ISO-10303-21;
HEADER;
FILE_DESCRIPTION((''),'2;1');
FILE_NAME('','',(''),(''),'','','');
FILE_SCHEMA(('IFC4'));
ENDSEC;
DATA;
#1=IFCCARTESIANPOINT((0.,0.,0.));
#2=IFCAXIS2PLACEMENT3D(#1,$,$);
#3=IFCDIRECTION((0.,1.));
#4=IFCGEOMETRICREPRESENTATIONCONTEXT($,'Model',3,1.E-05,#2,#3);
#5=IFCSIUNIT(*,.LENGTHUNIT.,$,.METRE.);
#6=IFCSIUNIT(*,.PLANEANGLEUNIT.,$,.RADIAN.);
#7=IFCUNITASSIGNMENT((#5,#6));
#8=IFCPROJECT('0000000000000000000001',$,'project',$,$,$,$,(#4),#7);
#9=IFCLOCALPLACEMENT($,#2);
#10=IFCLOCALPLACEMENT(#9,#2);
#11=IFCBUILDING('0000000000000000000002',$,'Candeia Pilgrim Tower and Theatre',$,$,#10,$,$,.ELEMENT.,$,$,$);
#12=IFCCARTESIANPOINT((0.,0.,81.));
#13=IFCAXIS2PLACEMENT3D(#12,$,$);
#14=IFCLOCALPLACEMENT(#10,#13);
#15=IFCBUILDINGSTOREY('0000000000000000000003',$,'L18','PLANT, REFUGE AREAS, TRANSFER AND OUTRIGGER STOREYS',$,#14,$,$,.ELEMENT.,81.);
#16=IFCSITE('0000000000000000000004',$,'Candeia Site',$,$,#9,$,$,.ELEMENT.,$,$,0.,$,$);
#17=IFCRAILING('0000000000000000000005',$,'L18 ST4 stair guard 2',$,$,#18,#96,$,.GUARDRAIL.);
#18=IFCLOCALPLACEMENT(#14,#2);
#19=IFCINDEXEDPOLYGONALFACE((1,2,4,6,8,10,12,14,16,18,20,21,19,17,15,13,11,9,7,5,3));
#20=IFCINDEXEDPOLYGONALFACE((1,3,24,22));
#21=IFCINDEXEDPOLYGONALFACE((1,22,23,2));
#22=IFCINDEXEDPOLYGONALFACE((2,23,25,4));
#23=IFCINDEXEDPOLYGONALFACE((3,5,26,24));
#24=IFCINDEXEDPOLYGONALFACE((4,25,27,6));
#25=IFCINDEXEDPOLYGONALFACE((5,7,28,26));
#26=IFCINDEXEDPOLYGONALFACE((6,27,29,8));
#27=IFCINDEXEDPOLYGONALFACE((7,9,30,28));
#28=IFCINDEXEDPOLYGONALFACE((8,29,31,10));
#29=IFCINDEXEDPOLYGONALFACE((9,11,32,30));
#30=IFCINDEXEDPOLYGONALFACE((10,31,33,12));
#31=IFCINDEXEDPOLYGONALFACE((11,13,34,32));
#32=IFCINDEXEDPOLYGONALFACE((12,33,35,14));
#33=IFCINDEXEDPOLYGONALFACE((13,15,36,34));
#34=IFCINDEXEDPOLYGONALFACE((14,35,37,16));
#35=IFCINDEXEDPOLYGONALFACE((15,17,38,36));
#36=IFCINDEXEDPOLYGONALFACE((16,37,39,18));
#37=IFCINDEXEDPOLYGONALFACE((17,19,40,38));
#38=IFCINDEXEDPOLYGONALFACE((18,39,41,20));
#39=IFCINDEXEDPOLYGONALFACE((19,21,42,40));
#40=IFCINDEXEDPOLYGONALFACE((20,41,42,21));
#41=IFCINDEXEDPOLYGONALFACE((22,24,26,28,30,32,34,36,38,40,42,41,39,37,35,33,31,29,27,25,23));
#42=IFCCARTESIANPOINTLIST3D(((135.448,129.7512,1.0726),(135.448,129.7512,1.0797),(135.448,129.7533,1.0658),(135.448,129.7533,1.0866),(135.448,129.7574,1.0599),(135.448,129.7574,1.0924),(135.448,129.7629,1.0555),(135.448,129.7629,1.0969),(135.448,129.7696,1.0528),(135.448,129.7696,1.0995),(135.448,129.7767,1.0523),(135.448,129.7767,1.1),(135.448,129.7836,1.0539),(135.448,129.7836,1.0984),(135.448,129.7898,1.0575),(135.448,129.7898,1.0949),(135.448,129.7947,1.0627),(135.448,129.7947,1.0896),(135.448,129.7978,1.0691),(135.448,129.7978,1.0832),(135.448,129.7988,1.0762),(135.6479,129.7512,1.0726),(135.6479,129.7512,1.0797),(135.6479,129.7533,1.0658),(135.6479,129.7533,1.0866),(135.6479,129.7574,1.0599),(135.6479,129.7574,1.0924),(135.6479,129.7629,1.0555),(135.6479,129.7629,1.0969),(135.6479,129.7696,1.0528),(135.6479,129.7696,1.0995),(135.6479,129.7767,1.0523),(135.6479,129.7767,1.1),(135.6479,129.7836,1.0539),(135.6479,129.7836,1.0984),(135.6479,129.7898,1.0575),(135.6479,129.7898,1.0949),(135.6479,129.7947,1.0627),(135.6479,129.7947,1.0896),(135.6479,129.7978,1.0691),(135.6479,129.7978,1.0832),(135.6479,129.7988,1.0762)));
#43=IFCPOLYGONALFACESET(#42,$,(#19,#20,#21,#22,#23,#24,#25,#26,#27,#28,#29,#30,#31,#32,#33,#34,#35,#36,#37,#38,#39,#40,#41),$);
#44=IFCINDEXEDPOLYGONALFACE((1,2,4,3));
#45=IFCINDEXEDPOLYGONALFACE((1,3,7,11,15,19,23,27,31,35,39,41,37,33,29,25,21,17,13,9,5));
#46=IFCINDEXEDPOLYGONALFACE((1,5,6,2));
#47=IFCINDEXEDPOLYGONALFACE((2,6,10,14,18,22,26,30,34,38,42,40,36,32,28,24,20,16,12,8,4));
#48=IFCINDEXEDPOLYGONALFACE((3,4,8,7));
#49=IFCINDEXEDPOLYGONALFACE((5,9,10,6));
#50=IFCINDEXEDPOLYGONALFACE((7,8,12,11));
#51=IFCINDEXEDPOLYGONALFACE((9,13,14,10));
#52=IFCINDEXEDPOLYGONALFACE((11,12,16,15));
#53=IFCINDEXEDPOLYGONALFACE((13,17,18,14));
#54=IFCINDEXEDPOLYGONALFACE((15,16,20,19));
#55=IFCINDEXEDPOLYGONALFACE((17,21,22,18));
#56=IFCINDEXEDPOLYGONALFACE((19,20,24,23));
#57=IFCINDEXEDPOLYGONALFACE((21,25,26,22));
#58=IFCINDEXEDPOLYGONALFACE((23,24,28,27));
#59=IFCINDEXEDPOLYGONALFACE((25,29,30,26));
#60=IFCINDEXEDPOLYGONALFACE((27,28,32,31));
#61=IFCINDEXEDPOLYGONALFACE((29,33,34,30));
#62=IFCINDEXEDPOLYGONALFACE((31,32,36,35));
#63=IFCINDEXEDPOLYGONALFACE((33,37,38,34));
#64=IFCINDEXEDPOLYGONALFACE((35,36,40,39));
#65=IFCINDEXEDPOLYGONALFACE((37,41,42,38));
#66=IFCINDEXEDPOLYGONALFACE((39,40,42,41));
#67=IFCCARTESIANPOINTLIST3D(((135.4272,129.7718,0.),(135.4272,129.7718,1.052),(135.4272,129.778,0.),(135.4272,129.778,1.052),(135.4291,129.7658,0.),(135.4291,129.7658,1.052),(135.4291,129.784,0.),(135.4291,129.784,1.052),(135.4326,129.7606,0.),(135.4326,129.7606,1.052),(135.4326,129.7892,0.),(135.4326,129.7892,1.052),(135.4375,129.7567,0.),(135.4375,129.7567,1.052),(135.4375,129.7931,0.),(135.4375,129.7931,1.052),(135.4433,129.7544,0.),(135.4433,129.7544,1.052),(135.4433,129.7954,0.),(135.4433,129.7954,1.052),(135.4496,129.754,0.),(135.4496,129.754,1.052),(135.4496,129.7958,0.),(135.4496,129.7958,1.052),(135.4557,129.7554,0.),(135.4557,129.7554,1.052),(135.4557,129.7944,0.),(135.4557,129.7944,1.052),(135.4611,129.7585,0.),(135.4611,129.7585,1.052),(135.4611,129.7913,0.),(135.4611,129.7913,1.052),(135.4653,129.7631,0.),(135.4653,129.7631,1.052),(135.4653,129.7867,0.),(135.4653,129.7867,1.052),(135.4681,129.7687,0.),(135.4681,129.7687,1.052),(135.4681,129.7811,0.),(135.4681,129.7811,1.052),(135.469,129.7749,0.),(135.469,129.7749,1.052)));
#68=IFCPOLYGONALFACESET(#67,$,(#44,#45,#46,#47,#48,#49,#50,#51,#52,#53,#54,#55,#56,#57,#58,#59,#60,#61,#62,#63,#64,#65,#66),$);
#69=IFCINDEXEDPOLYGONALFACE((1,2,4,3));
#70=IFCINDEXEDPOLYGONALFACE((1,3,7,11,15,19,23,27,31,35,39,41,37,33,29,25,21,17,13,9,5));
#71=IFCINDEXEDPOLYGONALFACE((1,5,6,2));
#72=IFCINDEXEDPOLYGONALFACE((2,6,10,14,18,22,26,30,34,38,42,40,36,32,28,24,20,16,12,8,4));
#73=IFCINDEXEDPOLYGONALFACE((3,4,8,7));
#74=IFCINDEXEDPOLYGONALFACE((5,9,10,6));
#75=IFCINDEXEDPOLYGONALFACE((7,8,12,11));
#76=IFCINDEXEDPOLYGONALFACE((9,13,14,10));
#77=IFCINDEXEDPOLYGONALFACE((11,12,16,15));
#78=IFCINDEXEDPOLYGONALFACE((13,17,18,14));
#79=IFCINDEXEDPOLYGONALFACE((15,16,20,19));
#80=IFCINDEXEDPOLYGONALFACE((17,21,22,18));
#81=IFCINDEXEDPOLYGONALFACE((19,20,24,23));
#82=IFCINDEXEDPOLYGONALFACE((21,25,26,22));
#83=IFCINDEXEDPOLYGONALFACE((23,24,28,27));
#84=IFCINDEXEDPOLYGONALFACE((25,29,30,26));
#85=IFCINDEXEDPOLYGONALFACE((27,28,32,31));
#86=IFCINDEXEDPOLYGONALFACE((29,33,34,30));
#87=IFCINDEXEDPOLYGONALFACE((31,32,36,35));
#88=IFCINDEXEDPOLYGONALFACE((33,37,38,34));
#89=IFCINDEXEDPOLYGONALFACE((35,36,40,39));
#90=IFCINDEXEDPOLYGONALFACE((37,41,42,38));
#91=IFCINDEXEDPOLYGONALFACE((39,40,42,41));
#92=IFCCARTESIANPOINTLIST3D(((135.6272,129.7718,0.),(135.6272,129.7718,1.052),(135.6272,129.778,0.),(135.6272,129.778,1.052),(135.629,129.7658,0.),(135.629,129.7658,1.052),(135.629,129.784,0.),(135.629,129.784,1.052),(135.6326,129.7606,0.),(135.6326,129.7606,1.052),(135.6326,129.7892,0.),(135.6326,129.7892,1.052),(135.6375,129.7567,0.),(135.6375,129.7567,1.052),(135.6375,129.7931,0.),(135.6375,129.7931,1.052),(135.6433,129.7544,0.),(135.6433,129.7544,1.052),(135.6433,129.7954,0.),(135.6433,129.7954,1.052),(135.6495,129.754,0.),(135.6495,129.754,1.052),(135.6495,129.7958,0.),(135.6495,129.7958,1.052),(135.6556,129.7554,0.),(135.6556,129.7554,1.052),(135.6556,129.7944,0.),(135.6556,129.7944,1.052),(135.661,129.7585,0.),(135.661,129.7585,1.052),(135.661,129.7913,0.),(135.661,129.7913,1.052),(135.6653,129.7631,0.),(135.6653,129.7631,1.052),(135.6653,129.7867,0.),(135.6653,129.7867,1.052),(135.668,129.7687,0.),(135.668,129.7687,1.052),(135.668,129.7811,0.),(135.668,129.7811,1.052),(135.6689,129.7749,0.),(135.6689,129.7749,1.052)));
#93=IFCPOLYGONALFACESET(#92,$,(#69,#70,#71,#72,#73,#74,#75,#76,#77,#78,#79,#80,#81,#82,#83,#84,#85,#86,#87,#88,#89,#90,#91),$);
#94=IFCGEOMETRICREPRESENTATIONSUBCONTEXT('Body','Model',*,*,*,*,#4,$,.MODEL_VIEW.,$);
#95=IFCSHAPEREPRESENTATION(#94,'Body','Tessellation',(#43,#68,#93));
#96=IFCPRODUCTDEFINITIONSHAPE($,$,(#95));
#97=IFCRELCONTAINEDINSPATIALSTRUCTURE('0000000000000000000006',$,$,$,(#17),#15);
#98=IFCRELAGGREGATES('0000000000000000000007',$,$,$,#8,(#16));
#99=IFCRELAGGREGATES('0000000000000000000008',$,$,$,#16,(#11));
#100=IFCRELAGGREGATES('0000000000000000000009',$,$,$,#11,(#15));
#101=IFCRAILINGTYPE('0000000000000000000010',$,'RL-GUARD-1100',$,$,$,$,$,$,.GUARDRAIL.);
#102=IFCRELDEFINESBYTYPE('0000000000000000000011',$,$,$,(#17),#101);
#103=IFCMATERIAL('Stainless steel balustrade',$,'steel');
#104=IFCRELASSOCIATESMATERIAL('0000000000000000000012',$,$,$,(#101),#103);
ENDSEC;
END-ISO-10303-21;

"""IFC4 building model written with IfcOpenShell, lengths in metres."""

from ifc_helpers import new_model, si_unit, direction, frame, origin, origin_2d, place, context, subcontext, project, spatial, circle, extrude, material, type_object, element, save


model = new_model("IFC4")

# Units and contexts
model_context = context("Model", 3, precision=1e-05, world=origin(), true_north=direction((0.0, 1.0)))
body_context = subcontext(model_context, "Body", "Model", "MODEL_VIEW")
ifc_project = project(units=[si_unit("LENGTHUNIT", "METRE"), si_unit("PLANEANGLEUNIT", "RADIAN")], contexts=[model_context])

# Site, building, storey
site_placement = place(None, origin())
site = spatial("IfcSite", under=ifc_project, at=site_placement, Name="Candeia Site", CompositionType="ELEMENT", RefElevation=0.0)
building_placement = place(site_placement, origin())
building = spatial("IfcBuilding", under=site, at=building_placement, Name="Candeia Pilgrim Tower and Theatre", CompositionType="ELEMENT")
storey_placement = place(building_placement, frame((0.0, 0.0, 81.0)))
storey = spatial("IfcBuildingStorey", under=building, at=storey_placement, Name="L18", Description="PLANT, REFUGE AREAS, TRANSFER AND OUTRIGGER STOREYS", CompositionType="ELEMENT", Elevation=81.0)

# Railing
ifc_material_1 = material(Name="Stainless steel balustrade", Category="steel")
railing_type_1 = type_object("IfcRailingType", Name="RL-GUARD-1100", PredefinedType="GUARDRAIL", material=ifc_material_1)
railing_1_placement = place(storey_placement, frame((135.448, 129.7749, 0.0)))
element("IfcRailing", 1, at=railing_1_placement, inside=storey, type_object=railing_type_1, Name="L18 ST4 stair guard 2", PredefinedType="GUARDRAIL", context=body_context, shape_type="SweptSolid", body=[
    extrude(circle(Radius=0.0239, at=origin_2d()), frame((0.0, 0.0, 1.0762), z_axis=(1.0, 0.0, 0.0), x_axis=(0.0, 1.0, 0.0)), (0.0, 0.0, 1.0), 0.2),
    extrude(circle(Radius=0.021, at=origin_2d()), origin(), (0.0, 0.0, 1.0), 1.052),
    extrude(circle(Radius=0.021, at=origin_2d()), frame((0.2, 0.0, 0.0)), (0.0, 0.0, 1.0), 1.052),
])

save(model, "model.ifc")
